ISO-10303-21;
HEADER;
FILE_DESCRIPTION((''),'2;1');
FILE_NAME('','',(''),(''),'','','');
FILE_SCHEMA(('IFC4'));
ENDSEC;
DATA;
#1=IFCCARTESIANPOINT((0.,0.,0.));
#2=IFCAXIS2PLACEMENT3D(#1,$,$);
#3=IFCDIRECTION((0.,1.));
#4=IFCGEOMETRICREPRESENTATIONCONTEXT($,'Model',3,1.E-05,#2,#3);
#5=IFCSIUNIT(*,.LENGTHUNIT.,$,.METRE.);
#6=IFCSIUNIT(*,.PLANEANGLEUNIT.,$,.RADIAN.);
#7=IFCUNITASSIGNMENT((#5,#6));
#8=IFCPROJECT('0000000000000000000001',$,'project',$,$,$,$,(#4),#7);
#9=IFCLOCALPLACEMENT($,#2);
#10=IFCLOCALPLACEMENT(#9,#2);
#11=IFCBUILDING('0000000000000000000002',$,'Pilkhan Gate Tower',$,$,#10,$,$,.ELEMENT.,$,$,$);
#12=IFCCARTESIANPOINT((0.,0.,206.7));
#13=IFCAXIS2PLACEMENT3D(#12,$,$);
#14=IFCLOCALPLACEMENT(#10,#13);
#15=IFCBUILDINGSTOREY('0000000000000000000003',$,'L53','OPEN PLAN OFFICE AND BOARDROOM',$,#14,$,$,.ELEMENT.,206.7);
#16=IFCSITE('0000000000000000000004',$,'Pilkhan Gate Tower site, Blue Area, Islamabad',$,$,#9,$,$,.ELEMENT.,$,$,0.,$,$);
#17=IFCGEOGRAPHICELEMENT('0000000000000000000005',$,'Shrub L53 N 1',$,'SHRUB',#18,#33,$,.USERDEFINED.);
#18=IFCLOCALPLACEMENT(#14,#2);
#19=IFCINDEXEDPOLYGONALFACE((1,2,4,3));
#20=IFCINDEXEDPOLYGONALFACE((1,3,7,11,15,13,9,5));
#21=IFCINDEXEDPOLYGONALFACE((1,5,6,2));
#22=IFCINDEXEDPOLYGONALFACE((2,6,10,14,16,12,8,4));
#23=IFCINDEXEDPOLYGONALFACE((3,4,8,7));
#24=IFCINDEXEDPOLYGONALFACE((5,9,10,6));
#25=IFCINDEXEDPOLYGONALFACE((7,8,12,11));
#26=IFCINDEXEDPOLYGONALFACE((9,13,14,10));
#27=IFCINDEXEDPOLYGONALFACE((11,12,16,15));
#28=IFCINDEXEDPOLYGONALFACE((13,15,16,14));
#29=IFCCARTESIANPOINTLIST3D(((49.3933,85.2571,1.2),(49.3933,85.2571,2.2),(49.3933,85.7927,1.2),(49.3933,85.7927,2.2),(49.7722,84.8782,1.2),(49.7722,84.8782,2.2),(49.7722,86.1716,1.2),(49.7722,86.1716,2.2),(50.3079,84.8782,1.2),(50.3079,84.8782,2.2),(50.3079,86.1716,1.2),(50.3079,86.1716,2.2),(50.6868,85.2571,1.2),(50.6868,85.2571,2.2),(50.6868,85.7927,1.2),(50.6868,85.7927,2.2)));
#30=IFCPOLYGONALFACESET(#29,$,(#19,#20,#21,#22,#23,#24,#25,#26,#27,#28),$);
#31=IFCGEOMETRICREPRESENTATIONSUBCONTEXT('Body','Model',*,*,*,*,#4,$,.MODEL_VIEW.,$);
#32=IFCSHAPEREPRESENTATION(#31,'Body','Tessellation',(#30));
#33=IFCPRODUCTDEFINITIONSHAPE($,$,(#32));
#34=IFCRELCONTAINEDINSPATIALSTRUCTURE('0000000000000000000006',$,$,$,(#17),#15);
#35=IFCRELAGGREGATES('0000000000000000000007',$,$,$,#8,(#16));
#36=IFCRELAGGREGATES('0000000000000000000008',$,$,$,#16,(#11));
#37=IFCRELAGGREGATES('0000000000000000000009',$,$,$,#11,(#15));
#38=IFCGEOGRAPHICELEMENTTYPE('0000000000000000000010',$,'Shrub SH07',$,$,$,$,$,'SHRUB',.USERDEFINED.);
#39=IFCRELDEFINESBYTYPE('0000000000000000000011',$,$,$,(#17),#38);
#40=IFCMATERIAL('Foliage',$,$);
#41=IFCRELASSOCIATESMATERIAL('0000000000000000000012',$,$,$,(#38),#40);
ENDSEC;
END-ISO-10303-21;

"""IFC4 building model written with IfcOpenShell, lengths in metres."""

from ifc_helpers import new_model, si_unit, direction, frame, origin, place, context, subcontext, project, spatial, polyline, outline, extrude, material, material_profile, profile_set, type_object, element, save


model = new_model("IFC4")

# Units and contexts
model_context = context("Model", 3, precision=1e-05, world=origin(), true_north=direction((0.0, 1.0)))
body_context = subcontext(model_context, "Body", "Model", "MODEL_VIEW")
ifc_project = project(units=[si_unit("LENGTHUNIT", "METRE"), si_unit("PLANEANGLEUNIT", "RADIAN")], contexts=[model_context])

# Site, building, storey
site_placement = place(None, origin())
site = spatial("IfcSite", under=ifc_project, at=site_placement, Name="Pilkhan Gate Tower site, Blue Area, Islamabad", CompositionType="ELEMENT", RefElevation=0.0)
building_placement = place(site_placement, origin())
building = spatial("IfcBuilding", under=site, at=building_placement, Name="Pilkhan Gate Tower", CompositionType="ELEMENT")
storey_placement = place(building_placement, frame((0.0, 0.0, 206.7)))
storey = spatial("IfcBuildingStorey", under=building, at=storey_placement, Name="L53", Description="OPEN PLAN OFFICE AND BOARDROOM", CompositionType="ELEMENT", Elevation=206.7)

# Geographic element
ifc_material_1 = material(Name="Foliage")
ifc_material_profile_1 = material_profile(ifc_material_1, outline(polyline([(0.6467, 0.2678), (0.2678, 0.6467), (-0.2678, 0.6467), (-0.6467, 0.2678), (-0.6467, -0.2678), (-0.2678, -0.6467), (0.2678, -0.6467), (0.6467, -0.2678), (0.6467, 0.2678)])), Name="Shrub D1.4")
ifc_profile_set_1 = profile_set([ifc_material_profile_1], Name="Foliage")
geographic_element_type_1 = type_object("IfcGeographicElementType", Name="Shrub SH07", ElementType="SHRUB", PredefinedType="USERDEFINED", material=ifc_profile_set_1)
for number, where, z_axis, x_axis, name in (
    (1, (50.04, 85.5249, 1.2), (0.0, 0.0, 1.0), (1.0, 0.0, 0.0), "Shrub L53 N 1"),
):
    element("IfcGeographicElement", number, at=place(storey_placement, frame(where, z_axis=z_axis, x_axis=x_axis)), inside=storey, type_object=geographic_element_type_1, Name=name, ObjectType="SHRUB", PredefinedType="USERDEFINED", context=body_context, shape_type="SweptSolid", body=[
        extrude(outline(polyline([(0.6467, 0.2678), (0.2678, 0.6467), (-0.2678, 0.6467), (-0.6467, 0.2678), (-0.6467, -0.2678), (-0.2678, -0.6467), (0.2678, -0.6467), (0.6467, -0.2678), (0.6467, 0.2678)])), origin(), (0.0, 0.0, 1.0), 1.0),
    ])

save(model, "model.ifc")
